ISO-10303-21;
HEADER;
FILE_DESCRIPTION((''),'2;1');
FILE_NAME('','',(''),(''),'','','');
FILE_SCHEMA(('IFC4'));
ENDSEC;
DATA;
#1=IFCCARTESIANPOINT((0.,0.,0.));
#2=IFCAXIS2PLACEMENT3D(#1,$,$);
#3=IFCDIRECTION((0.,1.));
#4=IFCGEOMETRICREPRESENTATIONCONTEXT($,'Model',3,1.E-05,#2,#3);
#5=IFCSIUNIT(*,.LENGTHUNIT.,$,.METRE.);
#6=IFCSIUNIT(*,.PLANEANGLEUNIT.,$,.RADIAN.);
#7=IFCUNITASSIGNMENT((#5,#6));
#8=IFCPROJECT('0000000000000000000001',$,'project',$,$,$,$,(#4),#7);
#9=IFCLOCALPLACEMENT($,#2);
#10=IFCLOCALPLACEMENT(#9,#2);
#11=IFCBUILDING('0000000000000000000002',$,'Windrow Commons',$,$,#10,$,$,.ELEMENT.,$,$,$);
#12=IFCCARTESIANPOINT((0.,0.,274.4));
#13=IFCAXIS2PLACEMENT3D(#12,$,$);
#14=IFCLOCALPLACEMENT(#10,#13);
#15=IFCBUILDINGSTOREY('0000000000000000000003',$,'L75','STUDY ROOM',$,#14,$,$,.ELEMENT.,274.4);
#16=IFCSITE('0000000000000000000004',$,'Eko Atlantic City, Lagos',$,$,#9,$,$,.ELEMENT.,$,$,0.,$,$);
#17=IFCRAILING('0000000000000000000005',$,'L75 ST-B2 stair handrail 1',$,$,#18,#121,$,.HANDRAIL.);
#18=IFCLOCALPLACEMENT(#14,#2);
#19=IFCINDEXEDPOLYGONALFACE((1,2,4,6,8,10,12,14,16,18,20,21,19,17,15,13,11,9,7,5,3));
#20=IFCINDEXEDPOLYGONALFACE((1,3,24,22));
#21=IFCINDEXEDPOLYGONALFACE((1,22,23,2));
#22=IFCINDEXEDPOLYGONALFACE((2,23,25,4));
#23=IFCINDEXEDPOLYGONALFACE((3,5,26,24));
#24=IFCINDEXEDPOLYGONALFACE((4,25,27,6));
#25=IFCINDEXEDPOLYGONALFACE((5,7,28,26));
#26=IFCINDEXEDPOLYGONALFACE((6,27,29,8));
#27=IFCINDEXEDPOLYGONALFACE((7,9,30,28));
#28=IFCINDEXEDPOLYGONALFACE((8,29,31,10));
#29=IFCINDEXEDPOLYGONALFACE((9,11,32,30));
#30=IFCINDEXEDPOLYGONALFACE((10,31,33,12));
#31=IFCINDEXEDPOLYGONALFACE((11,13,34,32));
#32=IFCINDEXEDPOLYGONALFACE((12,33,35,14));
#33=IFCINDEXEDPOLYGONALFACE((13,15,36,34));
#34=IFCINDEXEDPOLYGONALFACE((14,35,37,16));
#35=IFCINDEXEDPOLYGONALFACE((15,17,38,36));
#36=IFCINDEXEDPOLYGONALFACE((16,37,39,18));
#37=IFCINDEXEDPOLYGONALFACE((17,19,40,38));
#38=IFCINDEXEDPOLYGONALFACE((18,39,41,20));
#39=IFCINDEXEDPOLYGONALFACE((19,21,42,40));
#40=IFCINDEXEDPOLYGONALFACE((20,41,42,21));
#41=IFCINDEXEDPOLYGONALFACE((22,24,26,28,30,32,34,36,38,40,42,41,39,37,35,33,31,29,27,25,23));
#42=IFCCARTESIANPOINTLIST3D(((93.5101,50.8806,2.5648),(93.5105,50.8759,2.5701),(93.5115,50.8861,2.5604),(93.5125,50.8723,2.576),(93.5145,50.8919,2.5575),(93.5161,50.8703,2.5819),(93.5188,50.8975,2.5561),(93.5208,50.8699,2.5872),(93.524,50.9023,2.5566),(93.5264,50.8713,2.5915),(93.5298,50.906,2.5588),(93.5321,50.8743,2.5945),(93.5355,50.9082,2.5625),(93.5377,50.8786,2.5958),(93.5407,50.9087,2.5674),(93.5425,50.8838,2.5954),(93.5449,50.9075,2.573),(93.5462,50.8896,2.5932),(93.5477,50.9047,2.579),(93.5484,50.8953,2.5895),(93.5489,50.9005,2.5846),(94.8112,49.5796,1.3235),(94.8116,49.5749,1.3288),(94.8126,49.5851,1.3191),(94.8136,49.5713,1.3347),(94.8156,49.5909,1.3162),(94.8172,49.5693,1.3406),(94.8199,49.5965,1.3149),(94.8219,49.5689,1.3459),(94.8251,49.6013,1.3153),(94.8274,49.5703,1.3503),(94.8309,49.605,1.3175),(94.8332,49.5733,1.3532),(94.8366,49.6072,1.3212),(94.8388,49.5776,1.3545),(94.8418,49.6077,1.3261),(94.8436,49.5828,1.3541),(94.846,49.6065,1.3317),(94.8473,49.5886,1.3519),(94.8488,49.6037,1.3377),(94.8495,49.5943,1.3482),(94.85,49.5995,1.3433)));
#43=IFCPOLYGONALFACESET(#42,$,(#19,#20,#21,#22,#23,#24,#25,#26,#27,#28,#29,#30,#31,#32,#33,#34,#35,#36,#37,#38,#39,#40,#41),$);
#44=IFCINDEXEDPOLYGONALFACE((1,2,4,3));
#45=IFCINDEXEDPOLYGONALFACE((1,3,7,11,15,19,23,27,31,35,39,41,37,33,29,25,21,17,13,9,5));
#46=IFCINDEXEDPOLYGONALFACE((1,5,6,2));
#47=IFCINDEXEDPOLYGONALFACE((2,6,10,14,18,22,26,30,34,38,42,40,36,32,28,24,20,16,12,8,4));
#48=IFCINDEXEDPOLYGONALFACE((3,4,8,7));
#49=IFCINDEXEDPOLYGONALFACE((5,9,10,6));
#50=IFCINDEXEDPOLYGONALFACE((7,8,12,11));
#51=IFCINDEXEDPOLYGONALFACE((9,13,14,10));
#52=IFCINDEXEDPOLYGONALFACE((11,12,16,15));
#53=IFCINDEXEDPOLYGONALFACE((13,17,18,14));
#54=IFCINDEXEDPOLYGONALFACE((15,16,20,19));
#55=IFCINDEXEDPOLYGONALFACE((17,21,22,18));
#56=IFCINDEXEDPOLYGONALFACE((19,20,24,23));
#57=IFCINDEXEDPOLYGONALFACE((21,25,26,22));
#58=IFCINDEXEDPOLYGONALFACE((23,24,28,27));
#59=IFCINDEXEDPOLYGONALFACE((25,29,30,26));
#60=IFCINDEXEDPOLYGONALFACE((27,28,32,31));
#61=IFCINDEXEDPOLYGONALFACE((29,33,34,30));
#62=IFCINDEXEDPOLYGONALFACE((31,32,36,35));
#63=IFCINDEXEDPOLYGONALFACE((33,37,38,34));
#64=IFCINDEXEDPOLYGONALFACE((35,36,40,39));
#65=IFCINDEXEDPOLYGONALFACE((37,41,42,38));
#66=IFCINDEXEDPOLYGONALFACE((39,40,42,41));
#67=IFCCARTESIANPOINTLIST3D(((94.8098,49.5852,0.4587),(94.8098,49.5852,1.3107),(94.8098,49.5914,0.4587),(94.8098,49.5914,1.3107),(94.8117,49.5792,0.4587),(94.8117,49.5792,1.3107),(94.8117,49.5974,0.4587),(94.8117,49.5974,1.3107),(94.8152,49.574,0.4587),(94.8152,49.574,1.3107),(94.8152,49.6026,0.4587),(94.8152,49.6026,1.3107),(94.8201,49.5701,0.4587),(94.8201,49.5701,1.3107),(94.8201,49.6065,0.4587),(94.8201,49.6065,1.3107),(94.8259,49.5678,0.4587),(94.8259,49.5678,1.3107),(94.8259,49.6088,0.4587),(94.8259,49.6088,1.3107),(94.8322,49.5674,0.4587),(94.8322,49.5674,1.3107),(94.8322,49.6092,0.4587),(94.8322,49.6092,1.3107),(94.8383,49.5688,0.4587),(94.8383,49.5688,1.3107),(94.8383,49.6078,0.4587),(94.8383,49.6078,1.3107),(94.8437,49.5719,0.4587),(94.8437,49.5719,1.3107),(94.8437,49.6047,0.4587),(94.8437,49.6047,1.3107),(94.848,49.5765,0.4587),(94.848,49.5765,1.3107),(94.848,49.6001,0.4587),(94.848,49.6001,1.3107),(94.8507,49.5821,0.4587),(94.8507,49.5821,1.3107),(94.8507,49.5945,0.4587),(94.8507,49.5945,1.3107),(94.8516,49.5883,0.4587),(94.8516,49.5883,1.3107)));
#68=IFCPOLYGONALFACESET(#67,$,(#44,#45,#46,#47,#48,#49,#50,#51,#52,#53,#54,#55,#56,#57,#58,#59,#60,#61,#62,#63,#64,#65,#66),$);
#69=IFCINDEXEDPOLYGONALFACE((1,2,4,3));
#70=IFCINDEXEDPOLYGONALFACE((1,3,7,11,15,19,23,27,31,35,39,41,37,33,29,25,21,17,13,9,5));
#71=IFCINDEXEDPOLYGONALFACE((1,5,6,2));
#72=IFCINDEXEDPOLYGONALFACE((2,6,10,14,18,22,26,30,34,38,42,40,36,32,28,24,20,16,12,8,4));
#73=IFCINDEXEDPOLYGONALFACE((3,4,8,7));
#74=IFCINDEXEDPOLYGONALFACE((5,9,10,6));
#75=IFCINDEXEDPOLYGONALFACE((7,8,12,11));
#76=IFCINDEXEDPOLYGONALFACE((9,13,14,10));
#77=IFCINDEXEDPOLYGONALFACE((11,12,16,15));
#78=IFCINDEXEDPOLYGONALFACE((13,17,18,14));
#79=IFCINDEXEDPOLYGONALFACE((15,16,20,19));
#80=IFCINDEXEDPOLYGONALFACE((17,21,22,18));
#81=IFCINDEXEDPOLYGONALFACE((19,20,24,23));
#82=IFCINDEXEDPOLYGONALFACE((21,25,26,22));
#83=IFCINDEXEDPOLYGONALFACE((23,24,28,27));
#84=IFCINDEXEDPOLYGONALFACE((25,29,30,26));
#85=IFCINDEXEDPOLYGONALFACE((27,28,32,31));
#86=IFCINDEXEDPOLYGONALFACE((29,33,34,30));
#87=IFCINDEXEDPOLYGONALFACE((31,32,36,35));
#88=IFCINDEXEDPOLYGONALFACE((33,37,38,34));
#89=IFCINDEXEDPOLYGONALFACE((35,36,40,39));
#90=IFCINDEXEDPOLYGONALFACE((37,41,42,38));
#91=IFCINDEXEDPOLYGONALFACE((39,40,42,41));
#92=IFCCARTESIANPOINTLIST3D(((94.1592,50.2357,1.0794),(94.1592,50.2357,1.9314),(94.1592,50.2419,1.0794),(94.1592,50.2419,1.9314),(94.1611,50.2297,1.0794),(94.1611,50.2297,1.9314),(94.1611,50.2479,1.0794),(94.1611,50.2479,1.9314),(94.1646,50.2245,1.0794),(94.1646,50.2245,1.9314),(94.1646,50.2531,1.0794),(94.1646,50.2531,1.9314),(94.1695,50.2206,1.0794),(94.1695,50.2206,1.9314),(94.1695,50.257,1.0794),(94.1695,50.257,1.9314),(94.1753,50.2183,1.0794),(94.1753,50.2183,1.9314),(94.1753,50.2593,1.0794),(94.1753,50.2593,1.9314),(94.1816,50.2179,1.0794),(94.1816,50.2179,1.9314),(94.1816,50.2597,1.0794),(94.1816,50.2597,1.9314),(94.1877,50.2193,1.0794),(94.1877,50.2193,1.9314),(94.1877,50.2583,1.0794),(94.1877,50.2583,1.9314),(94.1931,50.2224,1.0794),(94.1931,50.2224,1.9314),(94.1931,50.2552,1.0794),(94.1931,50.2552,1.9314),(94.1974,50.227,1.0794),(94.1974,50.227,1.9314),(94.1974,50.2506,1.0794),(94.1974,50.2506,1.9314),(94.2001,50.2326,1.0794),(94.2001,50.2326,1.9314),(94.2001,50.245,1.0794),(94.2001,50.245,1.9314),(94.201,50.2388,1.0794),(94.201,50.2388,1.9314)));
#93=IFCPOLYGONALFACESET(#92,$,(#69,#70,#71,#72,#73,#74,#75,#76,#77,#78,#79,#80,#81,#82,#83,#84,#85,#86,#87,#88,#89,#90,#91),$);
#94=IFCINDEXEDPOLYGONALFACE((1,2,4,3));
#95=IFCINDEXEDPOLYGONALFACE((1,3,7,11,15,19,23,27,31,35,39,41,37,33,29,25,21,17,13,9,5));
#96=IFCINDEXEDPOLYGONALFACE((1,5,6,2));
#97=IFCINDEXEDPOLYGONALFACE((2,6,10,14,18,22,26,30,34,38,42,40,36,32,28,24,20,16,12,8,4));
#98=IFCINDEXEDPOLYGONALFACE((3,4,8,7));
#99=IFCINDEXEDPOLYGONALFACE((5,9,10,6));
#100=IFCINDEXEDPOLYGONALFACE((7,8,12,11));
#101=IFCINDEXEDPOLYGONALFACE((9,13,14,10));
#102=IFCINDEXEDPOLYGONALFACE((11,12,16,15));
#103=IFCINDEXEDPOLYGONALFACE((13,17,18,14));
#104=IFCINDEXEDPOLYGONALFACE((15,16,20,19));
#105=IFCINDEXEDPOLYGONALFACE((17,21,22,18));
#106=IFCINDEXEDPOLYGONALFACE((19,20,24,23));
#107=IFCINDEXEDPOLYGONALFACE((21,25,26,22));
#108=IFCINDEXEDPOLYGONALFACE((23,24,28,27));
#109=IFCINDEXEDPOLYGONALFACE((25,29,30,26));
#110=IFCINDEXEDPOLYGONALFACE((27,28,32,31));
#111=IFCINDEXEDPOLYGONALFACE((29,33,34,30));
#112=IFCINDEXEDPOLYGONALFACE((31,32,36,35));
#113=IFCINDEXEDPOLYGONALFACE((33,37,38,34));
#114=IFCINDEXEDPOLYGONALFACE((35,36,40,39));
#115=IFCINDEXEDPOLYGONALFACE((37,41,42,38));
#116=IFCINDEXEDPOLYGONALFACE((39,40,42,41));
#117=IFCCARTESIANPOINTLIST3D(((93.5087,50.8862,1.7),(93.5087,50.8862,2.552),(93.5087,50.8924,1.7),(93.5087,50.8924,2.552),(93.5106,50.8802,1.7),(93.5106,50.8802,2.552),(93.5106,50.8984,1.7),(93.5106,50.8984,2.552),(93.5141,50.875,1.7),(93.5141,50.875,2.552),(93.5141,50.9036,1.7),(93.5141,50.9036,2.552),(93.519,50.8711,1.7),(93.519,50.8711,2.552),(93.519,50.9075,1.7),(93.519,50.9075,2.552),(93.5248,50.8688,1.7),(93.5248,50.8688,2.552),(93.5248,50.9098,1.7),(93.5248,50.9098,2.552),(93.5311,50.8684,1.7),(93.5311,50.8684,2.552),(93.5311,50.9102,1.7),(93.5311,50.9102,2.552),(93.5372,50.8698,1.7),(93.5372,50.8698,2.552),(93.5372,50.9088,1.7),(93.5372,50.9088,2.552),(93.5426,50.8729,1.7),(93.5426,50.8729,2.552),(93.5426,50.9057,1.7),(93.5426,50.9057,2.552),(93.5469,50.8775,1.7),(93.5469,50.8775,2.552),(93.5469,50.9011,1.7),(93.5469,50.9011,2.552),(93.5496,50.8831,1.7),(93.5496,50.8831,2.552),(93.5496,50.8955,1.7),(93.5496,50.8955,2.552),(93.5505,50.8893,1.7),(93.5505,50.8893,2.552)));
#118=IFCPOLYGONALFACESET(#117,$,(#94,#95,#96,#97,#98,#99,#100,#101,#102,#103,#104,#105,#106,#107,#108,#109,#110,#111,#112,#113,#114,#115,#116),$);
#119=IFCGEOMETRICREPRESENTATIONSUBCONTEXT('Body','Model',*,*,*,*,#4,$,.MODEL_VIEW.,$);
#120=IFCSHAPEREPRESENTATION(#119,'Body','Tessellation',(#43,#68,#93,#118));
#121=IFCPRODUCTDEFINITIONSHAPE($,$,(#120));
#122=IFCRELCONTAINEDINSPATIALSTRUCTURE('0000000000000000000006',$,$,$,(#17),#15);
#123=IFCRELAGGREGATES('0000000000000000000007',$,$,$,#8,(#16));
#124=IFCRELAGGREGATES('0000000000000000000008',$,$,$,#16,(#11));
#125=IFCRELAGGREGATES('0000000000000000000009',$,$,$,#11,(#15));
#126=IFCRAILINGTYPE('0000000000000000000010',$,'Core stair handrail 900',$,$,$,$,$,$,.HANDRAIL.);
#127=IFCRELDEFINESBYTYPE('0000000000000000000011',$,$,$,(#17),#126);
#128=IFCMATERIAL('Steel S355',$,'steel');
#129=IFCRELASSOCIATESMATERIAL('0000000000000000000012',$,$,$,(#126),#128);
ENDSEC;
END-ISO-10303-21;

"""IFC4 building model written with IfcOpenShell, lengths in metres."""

from ifc_helpers import new_model, si_unit, direction, frame, origin, origin_2d, place, context, subcontext, project, spatial, circle, extrude, material, type_object, element, save


model = new_model("IFC4")

# Units and contexts
model_context = context("Model", 3, precision=1e-05, world=origin(), true_north=direction((0.0, 1.0)))
body_context = subcontext(model_context, "Body", "Model", "MODEL_VIEW")
ifc_project = project(units=[si_unit("LENGTHUNIT", "METRE"), si_unit("PLANEANGLEUNIT", "RADIAN")], contexts=[model_context])

# Site, building, storey
site_placement = place(None, origin())
site = spatial("IfcSite", under=ifc_project, at=site_placement, Name="Eko Atlantic City, Lagos", CompositionType="ELEMENT", RefElevation=0.0)
building_placement = place(site_placement, origin())
building = spatial("IfcBuilding", under=site, at=building_placement, Name="Windrow Commons", CompositionType="ELEMENT")
storey_placement = place(building_placement, frame((0.0, 0.0, 274.4)))
storey = spatial("IfcBuildingStorey", under=building, at=storey_placement, Name="L75", Description="STUDY ROOM", CompositionType="ELEMENT", Elevation=274.4)

# Railing
ifc_material_1 = material(Name="Steel S355", Category="steel")
railing_type_1 = type_object("IfcRailingType", Name="Core stair handrail 900", PredefinedType="HANDRAIL", material=ifc_material_1)
railing_1_placement = place(storey_placement, frame((94.8306, 49.5883, 0.4587)))
element("IfcRailing", 1, at=railing_1_placement, inside=storey, type_object=railing_type_1, Name="L75 ST-B2 stair handrail 1", PredefinedType="HANDRAIL", context=body_context, shape_type="SweptSolid", body=[
    extrude(circle(Radius=0.024, at=origin_2d()), frame((0.0, 0.0, 0.876), z_axis=(-0.586207, 0.586162, 0.559264), x_axis=(-0.70708, -0.707134, 0.0)), (0.0, 0.0, 1.0), 2.2195),
    extrude(circle(Radius=0.021, at=origin_2d()), origin(), (0.0, 0.0, 1.0), 0.852),
    extrude(circle(Radius=0.021, at=origin_2d()), frame((-0.6506, 0.6505, 0.6207)), (0.0, 0.0, 1.0), 0.852),
    extrude(circle(Radius=0.021, at=origin_2d()), frame((-1.3011, 1.301, 1.2413)), (0.0, 0.0, 1.0), 0.852),
])

save(model, "model.ifc")
